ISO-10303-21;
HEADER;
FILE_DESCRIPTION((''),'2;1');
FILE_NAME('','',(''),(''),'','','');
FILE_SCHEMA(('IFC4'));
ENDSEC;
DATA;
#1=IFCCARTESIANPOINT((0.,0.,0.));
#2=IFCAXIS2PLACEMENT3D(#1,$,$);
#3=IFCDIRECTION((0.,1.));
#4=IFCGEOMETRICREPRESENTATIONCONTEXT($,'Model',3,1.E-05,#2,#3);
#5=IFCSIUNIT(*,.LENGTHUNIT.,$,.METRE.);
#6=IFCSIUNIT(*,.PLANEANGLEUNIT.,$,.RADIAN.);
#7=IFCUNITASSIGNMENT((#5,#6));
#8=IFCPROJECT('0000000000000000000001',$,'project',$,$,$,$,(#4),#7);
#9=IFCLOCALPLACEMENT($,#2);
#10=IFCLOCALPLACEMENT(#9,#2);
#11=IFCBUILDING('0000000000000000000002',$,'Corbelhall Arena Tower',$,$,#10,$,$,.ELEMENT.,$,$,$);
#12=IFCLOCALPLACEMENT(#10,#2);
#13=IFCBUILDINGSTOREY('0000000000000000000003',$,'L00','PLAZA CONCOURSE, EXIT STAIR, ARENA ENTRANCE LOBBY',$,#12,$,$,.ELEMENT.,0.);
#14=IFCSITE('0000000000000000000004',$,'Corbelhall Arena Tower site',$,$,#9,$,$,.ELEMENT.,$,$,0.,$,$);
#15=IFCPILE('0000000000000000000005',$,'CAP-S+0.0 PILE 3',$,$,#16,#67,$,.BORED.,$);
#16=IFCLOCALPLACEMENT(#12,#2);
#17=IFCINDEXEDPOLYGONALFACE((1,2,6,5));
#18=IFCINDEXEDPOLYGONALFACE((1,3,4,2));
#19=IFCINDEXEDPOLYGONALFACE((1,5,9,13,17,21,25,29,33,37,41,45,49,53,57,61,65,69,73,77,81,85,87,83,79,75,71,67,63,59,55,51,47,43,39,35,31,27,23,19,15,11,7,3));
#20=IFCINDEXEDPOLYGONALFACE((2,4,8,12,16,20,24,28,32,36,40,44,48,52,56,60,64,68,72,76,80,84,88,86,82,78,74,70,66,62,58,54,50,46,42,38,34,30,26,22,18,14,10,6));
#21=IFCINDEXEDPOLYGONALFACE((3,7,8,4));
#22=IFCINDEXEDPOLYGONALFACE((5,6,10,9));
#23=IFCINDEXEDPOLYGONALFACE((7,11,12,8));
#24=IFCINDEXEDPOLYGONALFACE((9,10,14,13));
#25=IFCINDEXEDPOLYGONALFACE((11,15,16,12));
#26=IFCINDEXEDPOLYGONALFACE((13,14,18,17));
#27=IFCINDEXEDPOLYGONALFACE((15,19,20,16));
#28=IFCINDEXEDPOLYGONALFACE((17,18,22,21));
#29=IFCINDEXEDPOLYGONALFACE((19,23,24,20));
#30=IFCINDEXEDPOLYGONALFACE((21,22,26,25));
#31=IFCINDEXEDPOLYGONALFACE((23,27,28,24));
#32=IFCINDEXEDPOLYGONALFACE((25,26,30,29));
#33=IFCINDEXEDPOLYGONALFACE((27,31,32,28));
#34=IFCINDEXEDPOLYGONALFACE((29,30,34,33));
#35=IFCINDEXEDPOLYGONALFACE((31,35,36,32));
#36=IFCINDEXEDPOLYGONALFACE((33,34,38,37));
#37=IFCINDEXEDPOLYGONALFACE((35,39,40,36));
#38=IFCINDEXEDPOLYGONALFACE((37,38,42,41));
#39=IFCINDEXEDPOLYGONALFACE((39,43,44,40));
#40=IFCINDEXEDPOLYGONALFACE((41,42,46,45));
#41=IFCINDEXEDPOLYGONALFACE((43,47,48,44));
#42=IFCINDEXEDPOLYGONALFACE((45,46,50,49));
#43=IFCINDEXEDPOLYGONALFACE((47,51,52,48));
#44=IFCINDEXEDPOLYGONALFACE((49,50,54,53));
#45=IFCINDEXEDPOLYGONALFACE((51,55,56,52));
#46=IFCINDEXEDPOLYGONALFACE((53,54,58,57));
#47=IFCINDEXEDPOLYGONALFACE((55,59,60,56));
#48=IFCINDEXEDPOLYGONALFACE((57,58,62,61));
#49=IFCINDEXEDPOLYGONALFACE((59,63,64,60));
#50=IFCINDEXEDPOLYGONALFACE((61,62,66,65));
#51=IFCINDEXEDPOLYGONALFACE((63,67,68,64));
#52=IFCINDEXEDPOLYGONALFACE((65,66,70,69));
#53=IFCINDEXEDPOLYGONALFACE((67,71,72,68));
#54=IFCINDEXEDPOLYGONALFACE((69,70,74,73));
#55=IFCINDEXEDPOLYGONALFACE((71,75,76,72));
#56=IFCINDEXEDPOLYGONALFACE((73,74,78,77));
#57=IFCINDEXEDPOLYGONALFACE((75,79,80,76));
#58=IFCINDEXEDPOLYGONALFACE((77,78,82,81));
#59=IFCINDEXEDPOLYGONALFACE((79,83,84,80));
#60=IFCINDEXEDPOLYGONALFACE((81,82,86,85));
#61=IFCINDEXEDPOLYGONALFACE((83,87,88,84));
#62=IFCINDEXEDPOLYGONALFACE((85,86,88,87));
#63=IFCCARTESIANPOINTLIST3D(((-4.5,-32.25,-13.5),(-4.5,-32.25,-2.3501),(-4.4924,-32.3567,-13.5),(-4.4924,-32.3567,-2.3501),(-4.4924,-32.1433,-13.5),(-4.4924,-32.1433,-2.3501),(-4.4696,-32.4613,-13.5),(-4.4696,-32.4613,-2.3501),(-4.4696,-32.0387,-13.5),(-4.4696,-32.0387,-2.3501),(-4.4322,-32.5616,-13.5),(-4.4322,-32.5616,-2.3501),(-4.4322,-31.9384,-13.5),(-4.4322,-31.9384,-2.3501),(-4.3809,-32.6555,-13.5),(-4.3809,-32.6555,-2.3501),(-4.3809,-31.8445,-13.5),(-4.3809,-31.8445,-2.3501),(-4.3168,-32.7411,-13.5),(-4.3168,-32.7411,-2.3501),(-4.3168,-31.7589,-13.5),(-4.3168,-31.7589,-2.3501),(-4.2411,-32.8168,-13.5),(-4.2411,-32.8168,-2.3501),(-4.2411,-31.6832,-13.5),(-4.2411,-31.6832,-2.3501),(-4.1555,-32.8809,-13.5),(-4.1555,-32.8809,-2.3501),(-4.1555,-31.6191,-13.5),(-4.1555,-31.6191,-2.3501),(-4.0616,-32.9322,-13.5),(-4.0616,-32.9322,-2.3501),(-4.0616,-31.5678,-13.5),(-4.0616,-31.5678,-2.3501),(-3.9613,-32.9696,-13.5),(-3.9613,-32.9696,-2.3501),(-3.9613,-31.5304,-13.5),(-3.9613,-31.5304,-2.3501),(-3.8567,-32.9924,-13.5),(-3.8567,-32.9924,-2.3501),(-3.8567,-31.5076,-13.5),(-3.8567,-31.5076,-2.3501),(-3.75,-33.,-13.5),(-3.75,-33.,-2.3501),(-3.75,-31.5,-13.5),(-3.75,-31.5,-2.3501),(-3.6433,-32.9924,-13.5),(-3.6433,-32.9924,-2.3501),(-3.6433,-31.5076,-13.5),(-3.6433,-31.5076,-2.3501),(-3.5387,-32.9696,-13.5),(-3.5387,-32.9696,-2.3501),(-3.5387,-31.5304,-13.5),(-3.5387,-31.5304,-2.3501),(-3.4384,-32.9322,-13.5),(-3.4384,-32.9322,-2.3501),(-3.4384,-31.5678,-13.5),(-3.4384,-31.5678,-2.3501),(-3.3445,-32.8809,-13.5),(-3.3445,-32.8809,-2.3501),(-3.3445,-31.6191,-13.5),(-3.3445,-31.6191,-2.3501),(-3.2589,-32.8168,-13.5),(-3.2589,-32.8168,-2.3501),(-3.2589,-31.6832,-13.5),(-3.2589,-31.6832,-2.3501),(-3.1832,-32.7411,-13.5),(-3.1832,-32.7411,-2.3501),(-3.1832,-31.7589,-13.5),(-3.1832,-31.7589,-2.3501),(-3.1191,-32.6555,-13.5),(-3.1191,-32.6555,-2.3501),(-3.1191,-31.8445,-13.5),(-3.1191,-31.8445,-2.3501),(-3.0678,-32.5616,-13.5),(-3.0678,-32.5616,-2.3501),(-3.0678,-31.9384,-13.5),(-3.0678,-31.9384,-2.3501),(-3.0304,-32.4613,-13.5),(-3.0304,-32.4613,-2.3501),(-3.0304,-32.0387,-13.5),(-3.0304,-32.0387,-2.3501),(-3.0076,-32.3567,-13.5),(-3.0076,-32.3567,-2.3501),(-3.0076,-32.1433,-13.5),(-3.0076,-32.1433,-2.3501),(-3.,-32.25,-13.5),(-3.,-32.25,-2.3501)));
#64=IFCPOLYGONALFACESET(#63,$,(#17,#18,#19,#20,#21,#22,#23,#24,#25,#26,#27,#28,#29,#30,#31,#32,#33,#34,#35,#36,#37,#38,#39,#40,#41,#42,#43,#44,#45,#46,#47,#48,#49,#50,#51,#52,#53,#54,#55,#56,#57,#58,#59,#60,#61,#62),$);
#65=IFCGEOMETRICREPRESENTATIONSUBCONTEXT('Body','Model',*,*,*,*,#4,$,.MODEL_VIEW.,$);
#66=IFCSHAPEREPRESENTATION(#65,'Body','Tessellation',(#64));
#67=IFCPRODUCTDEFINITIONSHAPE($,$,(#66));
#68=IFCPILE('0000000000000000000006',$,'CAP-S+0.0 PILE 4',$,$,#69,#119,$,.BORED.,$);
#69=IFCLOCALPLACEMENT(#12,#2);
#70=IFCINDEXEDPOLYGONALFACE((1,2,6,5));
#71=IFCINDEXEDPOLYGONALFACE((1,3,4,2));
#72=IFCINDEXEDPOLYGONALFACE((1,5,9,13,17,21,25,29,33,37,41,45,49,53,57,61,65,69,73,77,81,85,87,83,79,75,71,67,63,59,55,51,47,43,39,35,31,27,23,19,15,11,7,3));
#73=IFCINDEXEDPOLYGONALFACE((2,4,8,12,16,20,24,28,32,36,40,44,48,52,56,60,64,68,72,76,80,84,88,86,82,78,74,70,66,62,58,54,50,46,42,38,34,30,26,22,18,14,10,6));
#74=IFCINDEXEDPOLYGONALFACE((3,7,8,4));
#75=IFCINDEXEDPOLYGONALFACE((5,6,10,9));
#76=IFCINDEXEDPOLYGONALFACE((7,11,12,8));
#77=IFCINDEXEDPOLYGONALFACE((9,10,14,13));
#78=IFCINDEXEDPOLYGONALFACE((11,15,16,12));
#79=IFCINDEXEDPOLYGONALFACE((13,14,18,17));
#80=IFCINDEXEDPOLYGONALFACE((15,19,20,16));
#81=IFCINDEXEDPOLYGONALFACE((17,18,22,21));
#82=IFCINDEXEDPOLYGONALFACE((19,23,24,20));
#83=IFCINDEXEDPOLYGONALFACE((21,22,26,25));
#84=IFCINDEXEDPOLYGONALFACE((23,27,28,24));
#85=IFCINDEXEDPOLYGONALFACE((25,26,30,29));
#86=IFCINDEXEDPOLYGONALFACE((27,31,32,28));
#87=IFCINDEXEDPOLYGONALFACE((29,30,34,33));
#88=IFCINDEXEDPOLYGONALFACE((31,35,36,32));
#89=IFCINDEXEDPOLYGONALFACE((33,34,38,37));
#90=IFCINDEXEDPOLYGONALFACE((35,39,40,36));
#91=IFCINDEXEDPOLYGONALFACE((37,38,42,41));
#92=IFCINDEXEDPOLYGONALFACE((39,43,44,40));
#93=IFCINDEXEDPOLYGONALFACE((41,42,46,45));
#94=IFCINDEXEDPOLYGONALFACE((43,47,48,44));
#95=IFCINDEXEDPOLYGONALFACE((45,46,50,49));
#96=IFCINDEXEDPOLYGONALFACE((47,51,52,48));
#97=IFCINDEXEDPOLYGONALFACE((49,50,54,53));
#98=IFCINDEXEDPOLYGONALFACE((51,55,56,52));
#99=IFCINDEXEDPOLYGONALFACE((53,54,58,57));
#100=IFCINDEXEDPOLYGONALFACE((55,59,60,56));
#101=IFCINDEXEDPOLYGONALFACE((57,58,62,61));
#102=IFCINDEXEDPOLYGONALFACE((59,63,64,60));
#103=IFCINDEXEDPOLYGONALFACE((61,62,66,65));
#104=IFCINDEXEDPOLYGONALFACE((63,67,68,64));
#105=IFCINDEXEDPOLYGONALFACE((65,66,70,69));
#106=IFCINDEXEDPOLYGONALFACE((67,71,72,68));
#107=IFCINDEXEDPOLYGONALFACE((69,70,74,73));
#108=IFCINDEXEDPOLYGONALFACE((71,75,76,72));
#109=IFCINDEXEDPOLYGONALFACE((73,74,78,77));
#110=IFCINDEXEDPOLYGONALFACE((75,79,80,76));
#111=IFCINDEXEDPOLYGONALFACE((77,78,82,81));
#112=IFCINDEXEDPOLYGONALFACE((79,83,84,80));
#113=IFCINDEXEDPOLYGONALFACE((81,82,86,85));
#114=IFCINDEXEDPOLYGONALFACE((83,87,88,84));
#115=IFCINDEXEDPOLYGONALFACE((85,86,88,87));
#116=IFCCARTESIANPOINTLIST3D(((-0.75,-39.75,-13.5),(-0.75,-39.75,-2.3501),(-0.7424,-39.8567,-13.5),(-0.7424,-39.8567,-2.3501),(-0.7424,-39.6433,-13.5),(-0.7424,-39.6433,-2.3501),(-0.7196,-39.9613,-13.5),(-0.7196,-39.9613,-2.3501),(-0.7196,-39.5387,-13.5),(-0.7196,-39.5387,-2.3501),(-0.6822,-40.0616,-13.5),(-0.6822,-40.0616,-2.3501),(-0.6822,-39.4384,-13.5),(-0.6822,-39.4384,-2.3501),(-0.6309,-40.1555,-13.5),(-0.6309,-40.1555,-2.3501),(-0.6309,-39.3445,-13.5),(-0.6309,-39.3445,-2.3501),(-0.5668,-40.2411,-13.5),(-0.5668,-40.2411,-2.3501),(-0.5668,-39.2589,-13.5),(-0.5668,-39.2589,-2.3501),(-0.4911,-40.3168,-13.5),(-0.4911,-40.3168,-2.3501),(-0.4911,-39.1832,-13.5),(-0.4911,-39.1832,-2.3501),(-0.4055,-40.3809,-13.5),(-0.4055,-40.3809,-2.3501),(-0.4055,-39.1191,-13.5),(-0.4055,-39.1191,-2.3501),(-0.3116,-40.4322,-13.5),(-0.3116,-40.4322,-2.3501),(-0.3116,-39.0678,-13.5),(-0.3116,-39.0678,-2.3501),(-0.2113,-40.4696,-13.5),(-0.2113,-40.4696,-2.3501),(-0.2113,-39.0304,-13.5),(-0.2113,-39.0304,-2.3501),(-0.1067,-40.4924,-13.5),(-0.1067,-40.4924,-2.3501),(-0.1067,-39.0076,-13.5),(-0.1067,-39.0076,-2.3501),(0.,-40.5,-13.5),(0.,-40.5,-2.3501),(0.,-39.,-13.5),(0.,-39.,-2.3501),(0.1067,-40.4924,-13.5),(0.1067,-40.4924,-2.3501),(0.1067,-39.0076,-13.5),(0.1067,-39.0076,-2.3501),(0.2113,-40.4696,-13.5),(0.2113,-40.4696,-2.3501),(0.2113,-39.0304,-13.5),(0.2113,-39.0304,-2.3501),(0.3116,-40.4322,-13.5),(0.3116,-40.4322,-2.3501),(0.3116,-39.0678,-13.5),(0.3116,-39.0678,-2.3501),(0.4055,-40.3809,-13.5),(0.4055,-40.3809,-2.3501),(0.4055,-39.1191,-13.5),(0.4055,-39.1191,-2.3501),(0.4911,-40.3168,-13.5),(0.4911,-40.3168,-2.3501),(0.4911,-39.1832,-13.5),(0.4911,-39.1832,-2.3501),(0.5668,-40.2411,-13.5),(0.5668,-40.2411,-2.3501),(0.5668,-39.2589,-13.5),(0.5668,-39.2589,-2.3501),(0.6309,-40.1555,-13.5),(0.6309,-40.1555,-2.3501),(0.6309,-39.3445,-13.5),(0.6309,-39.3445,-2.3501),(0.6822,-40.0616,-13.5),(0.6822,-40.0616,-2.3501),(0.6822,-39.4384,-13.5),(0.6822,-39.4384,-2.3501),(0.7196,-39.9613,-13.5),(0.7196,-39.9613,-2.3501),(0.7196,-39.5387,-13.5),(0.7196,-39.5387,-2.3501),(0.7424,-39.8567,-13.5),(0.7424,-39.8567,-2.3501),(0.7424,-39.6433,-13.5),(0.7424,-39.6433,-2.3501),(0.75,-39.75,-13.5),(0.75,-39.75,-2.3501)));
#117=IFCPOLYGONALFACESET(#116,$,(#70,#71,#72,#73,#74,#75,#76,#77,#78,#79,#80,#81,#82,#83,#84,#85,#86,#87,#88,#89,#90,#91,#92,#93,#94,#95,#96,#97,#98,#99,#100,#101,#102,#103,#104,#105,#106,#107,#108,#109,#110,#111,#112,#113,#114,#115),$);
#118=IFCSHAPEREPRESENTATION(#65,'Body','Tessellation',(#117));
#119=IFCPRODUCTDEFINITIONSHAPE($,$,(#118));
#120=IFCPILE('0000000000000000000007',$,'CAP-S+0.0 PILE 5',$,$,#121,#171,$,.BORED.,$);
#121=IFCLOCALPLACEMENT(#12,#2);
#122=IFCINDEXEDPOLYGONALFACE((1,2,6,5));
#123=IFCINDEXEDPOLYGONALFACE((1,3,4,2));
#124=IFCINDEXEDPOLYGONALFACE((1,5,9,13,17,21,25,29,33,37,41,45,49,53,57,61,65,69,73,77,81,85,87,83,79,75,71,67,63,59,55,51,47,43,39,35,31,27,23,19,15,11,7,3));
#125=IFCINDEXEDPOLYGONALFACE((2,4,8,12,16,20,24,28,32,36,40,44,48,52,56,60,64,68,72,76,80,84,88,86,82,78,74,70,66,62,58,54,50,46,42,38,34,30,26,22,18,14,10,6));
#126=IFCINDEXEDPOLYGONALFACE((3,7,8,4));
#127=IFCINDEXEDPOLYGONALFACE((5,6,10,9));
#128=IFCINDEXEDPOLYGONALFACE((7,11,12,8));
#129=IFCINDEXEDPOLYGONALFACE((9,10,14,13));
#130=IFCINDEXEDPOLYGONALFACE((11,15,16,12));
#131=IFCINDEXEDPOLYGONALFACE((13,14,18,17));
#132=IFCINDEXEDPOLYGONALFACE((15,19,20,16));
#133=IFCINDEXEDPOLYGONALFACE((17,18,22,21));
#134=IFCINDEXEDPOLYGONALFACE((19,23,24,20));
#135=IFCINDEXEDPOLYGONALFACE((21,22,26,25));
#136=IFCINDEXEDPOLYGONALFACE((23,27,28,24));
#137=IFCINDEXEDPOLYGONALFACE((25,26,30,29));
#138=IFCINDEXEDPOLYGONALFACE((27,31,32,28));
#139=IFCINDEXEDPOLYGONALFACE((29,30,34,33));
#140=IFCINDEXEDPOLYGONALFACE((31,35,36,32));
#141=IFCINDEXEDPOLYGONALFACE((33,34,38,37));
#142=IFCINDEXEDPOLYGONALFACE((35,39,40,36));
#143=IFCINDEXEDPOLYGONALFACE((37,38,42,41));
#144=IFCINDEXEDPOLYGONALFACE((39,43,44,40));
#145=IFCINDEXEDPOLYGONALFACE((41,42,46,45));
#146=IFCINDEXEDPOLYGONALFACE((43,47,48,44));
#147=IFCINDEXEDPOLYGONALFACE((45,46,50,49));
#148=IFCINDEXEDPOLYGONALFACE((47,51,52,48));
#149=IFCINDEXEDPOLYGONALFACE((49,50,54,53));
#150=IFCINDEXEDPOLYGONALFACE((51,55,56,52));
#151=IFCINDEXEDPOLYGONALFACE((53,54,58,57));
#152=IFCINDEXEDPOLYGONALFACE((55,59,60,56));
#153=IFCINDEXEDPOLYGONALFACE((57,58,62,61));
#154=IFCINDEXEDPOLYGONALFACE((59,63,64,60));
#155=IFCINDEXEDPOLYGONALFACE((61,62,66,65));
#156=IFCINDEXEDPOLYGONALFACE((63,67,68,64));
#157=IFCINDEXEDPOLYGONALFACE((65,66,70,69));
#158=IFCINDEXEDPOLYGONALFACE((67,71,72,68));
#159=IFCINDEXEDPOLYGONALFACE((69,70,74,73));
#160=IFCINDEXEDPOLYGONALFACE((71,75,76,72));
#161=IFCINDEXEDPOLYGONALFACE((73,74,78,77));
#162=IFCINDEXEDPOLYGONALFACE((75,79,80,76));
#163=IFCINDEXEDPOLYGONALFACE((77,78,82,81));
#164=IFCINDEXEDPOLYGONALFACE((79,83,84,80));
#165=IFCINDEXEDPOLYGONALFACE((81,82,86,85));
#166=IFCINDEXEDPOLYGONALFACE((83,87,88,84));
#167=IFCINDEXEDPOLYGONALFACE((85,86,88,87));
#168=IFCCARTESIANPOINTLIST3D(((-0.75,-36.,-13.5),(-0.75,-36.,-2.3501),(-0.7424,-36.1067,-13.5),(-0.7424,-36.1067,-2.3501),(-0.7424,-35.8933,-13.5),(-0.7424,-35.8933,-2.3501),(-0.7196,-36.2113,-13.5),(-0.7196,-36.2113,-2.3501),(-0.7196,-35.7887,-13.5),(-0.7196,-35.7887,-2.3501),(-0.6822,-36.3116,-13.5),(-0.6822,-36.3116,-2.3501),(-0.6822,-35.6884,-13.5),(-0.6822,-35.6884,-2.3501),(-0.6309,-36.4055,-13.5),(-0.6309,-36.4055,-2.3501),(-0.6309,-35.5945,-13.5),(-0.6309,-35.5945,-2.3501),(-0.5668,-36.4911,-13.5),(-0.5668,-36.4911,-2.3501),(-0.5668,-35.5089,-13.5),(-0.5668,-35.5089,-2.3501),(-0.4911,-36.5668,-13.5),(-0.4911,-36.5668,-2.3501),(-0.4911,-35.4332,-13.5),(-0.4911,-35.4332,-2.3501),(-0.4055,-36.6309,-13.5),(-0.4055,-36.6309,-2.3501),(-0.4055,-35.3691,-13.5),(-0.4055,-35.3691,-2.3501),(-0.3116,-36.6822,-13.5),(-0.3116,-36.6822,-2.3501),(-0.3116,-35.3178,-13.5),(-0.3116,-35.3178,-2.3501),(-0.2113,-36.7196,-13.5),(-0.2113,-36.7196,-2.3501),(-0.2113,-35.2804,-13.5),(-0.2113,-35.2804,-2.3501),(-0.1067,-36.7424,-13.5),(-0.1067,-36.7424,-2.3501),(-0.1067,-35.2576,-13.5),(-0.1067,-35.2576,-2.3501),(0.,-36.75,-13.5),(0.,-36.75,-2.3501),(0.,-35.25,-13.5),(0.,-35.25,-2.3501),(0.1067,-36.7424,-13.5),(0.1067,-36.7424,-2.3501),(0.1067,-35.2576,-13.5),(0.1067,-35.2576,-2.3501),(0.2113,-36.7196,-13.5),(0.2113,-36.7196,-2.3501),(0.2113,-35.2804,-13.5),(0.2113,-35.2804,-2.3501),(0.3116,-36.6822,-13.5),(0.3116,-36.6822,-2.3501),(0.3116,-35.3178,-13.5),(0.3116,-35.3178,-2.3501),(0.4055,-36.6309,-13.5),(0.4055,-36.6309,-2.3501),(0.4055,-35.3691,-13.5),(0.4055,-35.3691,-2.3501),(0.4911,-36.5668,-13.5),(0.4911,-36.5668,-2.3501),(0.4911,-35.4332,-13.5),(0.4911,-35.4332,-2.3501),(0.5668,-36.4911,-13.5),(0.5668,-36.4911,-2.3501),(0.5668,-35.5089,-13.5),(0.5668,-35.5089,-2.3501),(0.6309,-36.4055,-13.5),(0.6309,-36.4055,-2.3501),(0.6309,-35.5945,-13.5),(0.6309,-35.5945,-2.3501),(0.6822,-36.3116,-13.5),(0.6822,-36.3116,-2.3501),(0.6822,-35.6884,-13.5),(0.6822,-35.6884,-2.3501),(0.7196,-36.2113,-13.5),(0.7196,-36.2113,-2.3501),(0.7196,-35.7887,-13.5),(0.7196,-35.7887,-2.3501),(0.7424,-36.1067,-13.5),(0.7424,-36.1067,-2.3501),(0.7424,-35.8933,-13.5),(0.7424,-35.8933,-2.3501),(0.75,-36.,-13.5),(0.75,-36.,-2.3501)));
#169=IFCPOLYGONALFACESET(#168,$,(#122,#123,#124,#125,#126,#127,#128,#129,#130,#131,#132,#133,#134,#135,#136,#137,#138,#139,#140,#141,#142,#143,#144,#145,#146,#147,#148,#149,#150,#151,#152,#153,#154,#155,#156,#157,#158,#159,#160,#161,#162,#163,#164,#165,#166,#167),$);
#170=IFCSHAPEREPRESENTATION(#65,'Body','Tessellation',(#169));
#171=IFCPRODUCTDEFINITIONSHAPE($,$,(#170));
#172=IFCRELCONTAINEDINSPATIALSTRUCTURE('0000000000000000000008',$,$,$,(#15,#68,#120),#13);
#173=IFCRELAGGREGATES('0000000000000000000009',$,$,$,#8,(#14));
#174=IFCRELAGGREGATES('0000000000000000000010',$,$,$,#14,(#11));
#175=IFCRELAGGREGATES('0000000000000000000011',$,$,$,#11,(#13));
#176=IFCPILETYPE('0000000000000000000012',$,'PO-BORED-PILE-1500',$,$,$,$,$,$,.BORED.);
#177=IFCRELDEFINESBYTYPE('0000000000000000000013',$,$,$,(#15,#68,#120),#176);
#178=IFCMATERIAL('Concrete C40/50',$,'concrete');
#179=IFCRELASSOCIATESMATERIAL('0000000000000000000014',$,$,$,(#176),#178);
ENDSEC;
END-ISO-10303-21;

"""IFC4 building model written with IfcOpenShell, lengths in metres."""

from ifc_helpers import new_model, si_unit, direction, frame, origin, origin_2d, place, context, subcontext, project, spatial, circle, extrude, material, material_profile, profile_set, type_object, element, save


model = new_model("IFC4")

# Units and contexts
model_context = context("Model", 3, precision=1e-05, world=origin(), true_north=direction((0.0, 1.0)))
body_context = subcontext(model_context, "Body", "Model", "MODEL_VIEW")
ifc_project = project(units=[si_unit("LENGTHUNIT", "METRE"), si_unit("PLANEANGLEUNIT", "RADIAN")], contexts=[model_context])

# Site, building, storey
site_placement = place(None, origin())
site = spatial("IfcSite", under=ifc_project, at=site_placement, Name="Corbelhall Arena Tower site", CompositionType="ELEMENT", RefElevation=0.0)
building_placement = place(site_placement, origin())
building = spatial("IfcBuilding", under=site, at=building_placement, Name="Corbelhall Arena Tower", CompositionType="ELEMENT")
storey_placement = place(building_placement, origin())
storey = spatial("IfcBuildingStorey", under=building, at=storey_placement, Name="L00", Description="PLAZA CONCOURSE, EXIT STAIR, ARENA ENTRANCE LOBBY", CompositionType="ELEMENT", Elevation=0.0)

# Piles
ifc_material_1 = material(Name="Concrete C40/50", Category="concrete")
ifc_material_profile_1 = material_profile(ifc_material_1, circle(Radius=0.75, at=origin_2d()))
ifc_profile_set_1 = profile_set([ifc_material_profile_1], Name="Concrete C40/50")
pile_type_1 = type_object("IfcPileType", Name="PO-BORED-PILE-1500", PredefinedType="BORED", material=ifc_profile_set_1)
for number, where, z_axis, x_axis, name in (
    (1, (-3.75, -32.25, -2.3501), (0.0, 0.0, -1.0), (1.0, 0.0, 0.0), "CAP-S+0.0 PILE 3"),
    (2, (0.0, -39.75, -2.3501), (0.0, 0.0, -1.0), (1.0, 0.0, 0.0), "CAP-S+0.0 PILE 4"),
    (3, (0.0, -36.0, -2.3501), (0.0, 0.0, -1.0), (1.0, 0.0, 0.0), "CAP-S+0.0 PILE 5"),
):
    element("IfcPile", number, at=place(storey_placement, frame(where, z_axis=z_axis, x_axis=x_axis)), inside=storey, type_object=pile_type_1, Name=name, PredefinedType="BORED", context=body_context, shape_type="SweptSolid", body=[
        extrude(circle(Radius=0.75, at=origin_2d()), origin(), (0.0, 0.0, 1.0), 11.1499),
    ])

save(model, "model.ifc")
